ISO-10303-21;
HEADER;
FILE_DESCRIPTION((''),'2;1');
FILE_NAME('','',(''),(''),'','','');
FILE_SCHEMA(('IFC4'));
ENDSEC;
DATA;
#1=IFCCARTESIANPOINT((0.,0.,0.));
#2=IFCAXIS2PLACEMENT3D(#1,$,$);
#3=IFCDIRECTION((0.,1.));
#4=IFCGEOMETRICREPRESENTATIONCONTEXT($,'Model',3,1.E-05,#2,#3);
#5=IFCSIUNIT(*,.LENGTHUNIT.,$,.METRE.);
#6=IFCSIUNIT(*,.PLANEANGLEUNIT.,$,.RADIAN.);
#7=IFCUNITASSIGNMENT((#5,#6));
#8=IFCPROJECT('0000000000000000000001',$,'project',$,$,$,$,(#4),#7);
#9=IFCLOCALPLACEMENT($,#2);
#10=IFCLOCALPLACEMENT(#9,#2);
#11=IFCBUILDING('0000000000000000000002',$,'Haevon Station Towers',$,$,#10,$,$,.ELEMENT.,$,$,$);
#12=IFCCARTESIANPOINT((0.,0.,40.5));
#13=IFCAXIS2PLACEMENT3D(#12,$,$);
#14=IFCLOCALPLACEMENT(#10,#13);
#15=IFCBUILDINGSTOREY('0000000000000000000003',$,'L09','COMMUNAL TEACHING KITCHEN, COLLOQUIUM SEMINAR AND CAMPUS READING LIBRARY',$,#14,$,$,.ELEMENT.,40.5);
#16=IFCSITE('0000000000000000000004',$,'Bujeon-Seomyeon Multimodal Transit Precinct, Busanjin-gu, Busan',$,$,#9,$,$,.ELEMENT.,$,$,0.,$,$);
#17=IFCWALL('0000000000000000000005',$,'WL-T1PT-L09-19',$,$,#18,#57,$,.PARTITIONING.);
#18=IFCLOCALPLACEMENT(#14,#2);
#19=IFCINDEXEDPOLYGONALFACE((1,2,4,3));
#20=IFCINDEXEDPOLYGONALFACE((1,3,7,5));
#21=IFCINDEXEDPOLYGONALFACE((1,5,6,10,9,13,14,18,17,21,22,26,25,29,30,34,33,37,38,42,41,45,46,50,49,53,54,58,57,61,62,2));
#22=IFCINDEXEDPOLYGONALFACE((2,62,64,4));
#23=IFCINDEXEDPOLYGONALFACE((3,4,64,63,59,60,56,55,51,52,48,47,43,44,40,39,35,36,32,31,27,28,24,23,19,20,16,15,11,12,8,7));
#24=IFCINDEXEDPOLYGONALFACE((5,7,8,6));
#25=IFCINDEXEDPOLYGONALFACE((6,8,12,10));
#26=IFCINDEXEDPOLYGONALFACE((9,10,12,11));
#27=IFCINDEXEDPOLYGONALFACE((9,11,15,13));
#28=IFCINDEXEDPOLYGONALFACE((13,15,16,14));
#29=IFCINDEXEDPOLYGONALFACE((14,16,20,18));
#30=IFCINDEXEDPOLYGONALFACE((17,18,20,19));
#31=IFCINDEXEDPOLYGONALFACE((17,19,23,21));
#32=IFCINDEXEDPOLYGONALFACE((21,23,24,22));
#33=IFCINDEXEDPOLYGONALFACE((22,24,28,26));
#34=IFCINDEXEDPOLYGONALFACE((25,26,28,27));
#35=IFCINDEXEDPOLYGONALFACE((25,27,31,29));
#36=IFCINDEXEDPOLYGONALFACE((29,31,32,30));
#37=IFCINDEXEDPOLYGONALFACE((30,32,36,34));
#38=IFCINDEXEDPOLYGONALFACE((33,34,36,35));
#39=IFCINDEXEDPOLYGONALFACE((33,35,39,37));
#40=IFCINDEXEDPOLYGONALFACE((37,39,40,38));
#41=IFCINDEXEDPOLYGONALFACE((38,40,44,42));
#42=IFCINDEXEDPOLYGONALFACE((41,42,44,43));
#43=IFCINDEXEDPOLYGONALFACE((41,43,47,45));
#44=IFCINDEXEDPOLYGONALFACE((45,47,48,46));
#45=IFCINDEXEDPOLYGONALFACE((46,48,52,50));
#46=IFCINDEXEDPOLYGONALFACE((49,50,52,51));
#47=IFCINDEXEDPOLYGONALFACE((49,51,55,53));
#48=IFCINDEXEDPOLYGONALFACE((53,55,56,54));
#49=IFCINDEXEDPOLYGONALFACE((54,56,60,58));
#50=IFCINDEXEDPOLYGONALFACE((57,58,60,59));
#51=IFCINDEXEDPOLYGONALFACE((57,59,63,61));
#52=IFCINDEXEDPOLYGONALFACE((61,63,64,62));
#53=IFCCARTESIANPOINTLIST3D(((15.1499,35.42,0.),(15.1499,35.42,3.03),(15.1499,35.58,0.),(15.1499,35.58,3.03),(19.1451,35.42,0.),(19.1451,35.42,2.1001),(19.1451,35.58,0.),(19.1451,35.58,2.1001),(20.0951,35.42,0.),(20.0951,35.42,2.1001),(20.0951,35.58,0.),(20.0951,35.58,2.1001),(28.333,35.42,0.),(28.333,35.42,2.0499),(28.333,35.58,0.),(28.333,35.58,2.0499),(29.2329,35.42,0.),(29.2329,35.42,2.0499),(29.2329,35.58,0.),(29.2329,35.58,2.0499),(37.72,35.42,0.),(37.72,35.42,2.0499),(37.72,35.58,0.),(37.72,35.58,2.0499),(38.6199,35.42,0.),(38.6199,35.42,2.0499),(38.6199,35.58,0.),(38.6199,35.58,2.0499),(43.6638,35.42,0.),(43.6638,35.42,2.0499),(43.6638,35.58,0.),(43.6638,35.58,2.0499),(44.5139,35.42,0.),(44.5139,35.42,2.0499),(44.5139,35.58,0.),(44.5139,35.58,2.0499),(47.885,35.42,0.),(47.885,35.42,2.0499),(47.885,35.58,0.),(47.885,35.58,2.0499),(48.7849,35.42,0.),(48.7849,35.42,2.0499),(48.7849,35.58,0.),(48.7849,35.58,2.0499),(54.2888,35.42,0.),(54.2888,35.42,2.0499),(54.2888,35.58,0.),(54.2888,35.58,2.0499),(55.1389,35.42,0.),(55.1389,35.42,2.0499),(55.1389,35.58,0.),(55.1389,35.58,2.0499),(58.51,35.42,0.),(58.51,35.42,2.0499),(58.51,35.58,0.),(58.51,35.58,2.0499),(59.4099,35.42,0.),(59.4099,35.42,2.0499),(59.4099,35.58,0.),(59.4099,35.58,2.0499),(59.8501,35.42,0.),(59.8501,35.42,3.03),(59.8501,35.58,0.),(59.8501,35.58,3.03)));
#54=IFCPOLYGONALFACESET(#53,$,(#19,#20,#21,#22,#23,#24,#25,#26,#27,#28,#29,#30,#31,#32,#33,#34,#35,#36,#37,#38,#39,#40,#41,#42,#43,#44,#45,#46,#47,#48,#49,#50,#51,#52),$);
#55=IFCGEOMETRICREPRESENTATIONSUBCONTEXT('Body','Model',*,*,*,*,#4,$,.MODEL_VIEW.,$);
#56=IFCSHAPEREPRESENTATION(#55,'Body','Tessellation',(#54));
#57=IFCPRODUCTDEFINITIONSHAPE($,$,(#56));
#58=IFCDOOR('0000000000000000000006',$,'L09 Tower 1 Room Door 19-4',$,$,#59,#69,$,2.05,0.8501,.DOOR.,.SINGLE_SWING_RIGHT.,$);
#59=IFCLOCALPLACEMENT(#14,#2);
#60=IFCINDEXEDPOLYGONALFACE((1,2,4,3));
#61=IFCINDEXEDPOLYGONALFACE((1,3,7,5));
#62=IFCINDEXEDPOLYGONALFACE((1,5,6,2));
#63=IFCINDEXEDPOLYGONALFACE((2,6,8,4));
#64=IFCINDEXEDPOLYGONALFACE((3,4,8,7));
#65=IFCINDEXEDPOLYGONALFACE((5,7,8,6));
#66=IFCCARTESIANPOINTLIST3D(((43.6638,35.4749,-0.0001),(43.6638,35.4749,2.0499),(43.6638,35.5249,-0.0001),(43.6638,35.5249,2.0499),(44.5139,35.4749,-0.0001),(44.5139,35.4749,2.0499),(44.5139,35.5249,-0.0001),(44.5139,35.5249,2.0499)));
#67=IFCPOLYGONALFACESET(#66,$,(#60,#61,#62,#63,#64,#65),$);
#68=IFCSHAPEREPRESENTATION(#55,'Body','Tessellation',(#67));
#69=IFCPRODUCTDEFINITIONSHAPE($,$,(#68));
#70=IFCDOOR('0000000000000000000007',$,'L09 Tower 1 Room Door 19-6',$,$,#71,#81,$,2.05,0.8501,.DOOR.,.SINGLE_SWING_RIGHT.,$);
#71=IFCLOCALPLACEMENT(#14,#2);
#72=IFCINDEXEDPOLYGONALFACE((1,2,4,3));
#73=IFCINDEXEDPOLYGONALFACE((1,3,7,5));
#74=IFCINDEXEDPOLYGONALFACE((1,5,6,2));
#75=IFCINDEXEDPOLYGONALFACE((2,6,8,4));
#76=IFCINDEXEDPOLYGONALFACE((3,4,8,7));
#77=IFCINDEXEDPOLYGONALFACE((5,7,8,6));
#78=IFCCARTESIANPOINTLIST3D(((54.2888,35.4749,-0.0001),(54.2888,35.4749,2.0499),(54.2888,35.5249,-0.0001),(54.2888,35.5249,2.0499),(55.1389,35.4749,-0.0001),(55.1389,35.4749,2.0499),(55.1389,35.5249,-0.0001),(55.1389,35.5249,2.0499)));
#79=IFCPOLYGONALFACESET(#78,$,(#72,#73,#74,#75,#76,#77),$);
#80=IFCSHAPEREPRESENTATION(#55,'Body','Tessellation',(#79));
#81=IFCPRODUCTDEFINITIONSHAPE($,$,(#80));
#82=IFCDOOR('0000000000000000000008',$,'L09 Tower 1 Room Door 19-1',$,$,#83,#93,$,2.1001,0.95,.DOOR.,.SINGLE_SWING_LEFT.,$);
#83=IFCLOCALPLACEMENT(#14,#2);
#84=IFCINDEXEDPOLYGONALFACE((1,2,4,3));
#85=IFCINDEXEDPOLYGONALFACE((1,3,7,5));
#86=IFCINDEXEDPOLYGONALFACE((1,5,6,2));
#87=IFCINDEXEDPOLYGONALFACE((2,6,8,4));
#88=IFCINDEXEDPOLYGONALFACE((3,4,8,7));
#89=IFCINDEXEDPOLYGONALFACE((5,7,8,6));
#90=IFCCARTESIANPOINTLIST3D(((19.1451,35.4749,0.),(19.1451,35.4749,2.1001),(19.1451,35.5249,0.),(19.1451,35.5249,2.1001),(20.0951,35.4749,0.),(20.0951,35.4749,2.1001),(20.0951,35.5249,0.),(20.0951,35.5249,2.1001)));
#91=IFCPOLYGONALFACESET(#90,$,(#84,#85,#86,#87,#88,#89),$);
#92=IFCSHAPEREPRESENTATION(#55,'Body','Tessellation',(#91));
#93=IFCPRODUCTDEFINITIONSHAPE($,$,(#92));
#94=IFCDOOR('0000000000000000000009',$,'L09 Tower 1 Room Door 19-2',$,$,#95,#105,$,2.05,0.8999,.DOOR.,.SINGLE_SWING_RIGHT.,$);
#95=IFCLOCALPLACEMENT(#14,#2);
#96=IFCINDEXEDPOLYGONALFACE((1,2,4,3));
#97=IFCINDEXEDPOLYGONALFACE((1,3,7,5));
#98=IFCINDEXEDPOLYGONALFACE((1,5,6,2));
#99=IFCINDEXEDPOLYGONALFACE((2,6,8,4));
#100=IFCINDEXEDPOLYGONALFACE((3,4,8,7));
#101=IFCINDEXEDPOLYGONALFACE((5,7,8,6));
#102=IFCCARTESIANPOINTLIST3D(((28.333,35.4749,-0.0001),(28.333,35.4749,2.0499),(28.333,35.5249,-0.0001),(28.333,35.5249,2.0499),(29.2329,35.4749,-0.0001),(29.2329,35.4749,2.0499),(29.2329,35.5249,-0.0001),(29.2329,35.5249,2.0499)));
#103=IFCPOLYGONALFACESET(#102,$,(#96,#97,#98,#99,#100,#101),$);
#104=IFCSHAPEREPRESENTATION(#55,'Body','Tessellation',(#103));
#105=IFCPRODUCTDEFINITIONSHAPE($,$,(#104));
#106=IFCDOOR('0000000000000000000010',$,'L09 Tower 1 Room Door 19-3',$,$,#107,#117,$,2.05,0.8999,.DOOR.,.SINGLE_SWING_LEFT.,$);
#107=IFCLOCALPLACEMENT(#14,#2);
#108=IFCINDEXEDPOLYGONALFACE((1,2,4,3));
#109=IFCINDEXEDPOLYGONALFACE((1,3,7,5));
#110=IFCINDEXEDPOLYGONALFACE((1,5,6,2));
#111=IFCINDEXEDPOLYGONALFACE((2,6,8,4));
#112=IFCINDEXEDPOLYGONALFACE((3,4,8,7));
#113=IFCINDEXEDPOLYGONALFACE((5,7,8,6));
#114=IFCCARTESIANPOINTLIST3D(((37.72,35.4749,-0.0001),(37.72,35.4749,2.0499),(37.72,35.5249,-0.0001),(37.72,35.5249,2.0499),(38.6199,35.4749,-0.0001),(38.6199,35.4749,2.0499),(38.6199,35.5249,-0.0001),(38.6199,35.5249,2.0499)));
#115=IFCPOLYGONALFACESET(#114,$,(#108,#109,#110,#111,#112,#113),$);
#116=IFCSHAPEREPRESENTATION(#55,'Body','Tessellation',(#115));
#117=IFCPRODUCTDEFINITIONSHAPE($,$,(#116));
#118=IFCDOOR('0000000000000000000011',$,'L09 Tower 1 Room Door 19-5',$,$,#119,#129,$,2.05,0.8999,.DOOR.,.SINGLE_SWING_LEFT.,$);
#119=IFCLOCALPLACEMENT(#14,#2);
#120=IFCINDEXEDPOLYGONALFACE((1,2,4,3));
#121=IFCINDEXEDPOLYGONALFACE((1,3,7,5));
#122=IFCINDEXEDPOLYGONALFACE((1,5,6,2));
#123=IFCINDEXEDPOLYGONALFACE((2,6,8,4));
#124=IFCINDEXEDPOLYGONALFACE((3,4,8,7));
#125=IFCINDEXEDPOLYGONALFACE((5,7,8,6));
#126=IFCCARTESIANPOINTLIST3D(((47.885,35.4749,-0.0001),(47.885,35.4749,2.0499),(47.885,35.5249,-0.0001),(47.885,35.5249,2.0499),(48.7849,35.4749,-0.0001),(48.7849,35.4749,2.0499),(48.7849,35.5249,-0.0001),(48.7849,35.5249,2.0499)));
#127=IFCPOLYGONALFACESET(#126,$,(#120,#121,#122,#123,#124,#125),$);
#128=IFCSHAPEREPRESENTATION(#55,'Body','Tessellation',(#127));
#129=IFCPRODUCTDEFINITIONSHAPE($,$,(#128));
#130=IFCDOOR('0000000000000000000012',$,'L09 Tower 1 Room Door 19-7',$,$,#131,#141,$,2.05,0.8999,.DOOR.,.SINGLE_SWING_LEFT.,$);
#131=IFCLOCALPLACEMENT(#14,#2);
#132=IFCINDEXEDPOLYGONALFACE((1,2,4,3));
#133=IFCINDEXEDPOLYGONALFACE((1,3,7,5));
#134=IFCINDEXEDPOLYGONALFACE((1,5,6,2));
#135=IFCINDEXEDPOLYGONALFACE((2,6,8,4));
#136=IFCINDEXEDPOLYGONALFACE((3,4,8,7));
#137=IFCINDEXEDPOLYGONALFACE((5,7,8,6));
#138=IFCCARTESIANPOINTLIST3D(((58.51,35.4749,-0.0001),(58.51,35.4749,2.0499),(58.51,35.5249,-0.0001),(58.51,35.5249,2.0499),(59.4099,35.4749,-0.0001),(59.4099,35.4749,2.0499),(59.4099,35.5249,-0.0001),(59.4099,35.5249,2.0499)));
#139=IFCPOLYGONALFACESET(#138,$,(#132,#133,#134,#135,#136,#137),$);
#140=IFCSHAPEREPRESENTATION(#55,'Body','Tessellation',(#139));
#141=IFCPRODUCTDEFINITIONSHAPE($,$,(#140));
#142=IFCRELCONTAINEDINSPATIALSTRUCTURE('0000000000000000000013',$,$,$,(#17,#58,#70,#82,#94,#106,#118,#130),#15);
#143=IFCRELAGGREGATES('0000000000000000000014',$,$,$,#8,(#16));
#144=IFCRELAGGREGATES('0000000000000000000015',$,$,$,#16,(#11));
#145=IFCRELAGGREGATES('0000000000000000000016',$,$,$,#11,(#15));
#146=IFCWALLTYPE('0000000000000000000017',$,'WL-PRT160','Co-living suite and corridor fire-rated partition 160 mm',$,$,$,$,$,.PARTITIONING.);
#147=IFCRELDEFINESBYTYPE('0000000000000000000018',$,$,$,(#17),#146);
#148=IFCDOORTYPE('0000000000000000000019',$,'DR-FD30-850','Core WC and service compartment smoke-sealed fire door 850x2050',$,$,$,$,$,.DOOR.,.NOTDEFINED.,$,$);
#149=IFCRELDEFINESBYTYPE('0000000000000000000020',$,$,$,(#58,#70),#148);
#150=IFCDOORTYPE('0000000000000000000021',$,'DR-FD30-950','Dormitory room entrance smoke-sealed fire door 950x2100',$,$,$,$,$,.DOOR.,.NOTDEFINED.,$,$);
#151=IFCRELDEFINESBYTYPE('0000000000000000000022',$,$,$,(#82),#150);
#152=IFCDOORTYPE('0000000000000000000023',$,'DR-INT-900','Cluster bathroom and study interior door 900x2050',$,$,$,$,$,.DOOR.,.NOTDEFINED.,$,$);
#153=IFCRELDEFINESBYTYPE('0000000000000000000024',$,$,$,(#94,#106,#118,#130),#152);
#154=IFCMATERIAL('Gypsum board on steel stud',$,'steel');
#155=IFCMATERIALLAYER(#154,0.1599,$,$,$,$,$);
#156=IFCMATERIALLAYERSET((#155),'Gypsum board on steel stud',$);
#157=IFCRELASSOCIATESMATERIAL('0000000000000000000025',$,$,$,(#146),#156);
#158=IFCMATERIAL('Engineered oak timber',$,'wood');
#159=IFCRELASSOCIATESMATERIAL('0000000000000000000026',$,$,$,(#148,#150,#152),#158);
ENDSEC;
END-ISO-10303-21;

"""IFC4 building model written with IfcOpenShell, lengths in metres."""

from ifc_helpers import new_model, si_unit, direction, frame, frame_2d, origin, place, context, subcontext, project, spatial, rectangle, extrude, material, layer, layer_set, type_object, element, fill, save


model = new_model("IFC4")

# Units and contexts
model_context = context("Model", 3, precision=1e-05, world=origin(), true_north=direction((0.0, 1.0)))
body_context = subcontext(model_context, "Body", "Model", "MODEL_VIEW")
ifc_project = project(units=[si_unit("LENGTHUNIT", "METRE"), si_unit("PLANEANGLEUNIT", "RADIAN")], contexts=[model_context])

# Site, building, storey
site_placement = place(None, origin())
site = spatial("IfcSite", under=ifc_project, at=site_placement, Name="Bujeon-Seomyeon Multimodal Transit Precinct, Busanjin-gu, Busan", CompositionType="ELEMENT", RefElevation=0.0)
building_placement = place(site_placement, origin())
building = spatial("IfcBuilding", under=site, at=building_placement, Name="Haevon Station Towers", CompositionType="ELEMENT")
storey_placement = place(building_placement, frame((0.0, 0.0, 40.5)))
storey = spatial("IfcBuildingStorey", under=building, at=storey_placement, Name="L09", Description="COMMUNAL TEACHING KITCHEN, COLLOQUIUM SEMINAR AND CAMPUS READING LIBRARY", CompositionType="ELEMENT", Elevation=40.5)

# Shared definitions
ifc_material_1 = material(Name="Gypsum board on steel stud", Category="steel")
ifc_material_2 = material(Name="Engineered oak timber", Category="wood")

# Shared definitions
ifc_layer_1 = layer(ifc_material_1, 0.1599)
ifc_layer_set_1 = layer_set([ifc_layer_1], Name="Gypsum board on steel stud")
wall_type_1 = type_object("IfcWallType", Name="WL-PRT160", Description="Co-living suite and corridor fire-rated partition 160 mm", PredefinedType="PARTITIONING", material=ifc_layer_set_1)

# Wall, openings, doors
wall_1_placement = place(storey_placement, frame((15.1499, 35.5, 0.0), z_axis=(0.0, 0.0, 1.0), x_axis=(1.0, 0.0, 0.0)))
wall_1 = element("IfcWall", 1, at=wall_1_placement, inside=storey, type_object=wall_type_1, Name="WL-T1PT-L09-19", PredefinedType="PARTITIONING", context=body_context, shape_type="SweptSolid", body=[
    extrude(rectangle(XDim=44.7002, YDim=0.1599, at=frame_2d((22.3501, 0.0))), origin(), (0.0, 0.0, 1.0), 3.03),
])
opening_1_placement = place(wall_1_placement, frame((3.9951, 0.0, 0.0)))
opening_1 = element("IfcOpeningElement", 2, at=opening_1_placement, cuts=wall_1, PredefinedType="OPENING", context=body_context, shape_type="SweptSolid", body=[
    extrude(rectangle(XDim=0.95, YDim=2.1001, at=frame_2d((0.4751, 1.05))), frame((0.0, 0.0898, 0.0), z_axis=(0.0, -1.0, 0.0), x_axis=(1.0, 0.0, 0.0)), (0.0, 0.0, 1.0), 0.1799),
])
opening_2_placement = place(wall_1_placement, frame((13.1831, 0.0, 0.0)))
opening_2 = element("IfcOpeningElement", 3, at=opening_2_placement, cuts=wall_1, PredefinedType="OPENING", context=body_context, shape_type="SweptSolid", body=[
    extrude(rectangle(XDim=0.8999, YDim=2.05, at=frame_2d((0.45, 1.0249))), frame((0.0, 0.0898, 0.0), z_axis=(0.0, -1.0, 0.0), x_axis=(1.0, 0.0, 0.0)), (0.0, 0.0, 1.0), 0.1799),
])
opening_3_placement = place(wall_1_placement, frame((22.5701, 0.0, 0.0)))
opening_3 = element("IfcOpeningElement", 4, at=opening_3_placement, cuts=wall_1, PredefinedType="OPENING", context=body_context, shape_type="SweptSolid", body=[
    extrude(rectangle(XDim=0.8999, YDim=2.05, at=frame_2d((0.45, 1.0249))), frame((0.0, 0.0898, 0.0), z_axis=(0.0, -1.0, 0.0), x_axis=(1.0, 0.0, 0.0)), (0.0, 0.0, 1.0), 0.1799),
])
opening_4_placement = place(wall_1_placement, frame((28.5139, 0.0, 0.0)))
opening_4 = element("IfcOpeningElement", 5, at=opening_4_placement, cuts=wall_1, PredefinedType="OPENING", context=body_context, shape_type="SweptSolid", body=[
    extrude(rectangle(XDim=0.8501, YDim=2.05, at=frame_2d((0.425, 1.0249))), frame((0.0, 0.0898, 0.0), z_axis=(0.0, -1.0, 0.0), x_axis=(1.0, 0.0, 0.0)), (0.0, 0.0, 1.0), 0.1799),
])
opening_5_placement = place(wall_1_placement, frame((32.7351, 0.0, 0.0)))
opening_5 = element("IfcOpeningElement", 6, at=opening_5_placement, cuts=wall_1, PredefinedType="OPENING", context=body_context, shape_type="SweptSolid", body=[
    extrude(rectangle(XDim=0.8999, YDim=2.05, at=frame_2d((0.45, 1.0249))), frame((0.0, 0.0898, 0.0), z_axis=(0.0, -1.0, 0.0), x_axis=(1.0, 0.0, 0.0)), (0.0, 0.0, 1.0), 0.1799),
])
opening_6_placement = place(wall_1_placement, frame((39.1389, 0.0, 0.0)))
opening_6 = element("IfcOpeningElement", 7, at=opening_6_placement, cuts=wall_1, PredefinedType="OPENING", context=body_context, shape_type="SweptSolid", body=[
    extrude(rectangle(XDim=0.8501, YDim=2.05, at=frame_2d((0.425, 1.0249))), frame((0.0, 0.0898, 0.0), z_axis=(0.0, -1.0, 0.0), x_axis=(1.0, 0.0, 0.0)), (0.0, 0.0, 1.0), 0.1799),
])
opening_7_placement = place(wall_1_placement, frame((43.3601, 0.0, 0.0)))
opening_7 = element("IfcOpeningElement", 8, at=opening_7_placement, cuts=wall_1, PredefinedType="OPENING", context=body_context, shape_type="SweptSolid", body=[
    extrude(rectangle(XDim=0.8999, YDim=2.05, at=frame_2d((0.45, 1.0249))), frame((0.0, 0.0898, 0.0), z_axis=(0.0, -1.0, 0.0), x_axis=(1.0, 0.0, 0.0)), (0.0, 0.0, 1.0), 0.1799),
])
door_type_1 = type_object("IfcDoorType", Name="DR-FD30-850", Description="Core WC and service compartment smoke-sealed fire door 850x2050", OperationType="NOTDEFINED", PredefinedType="DOOR", material=ifc_material_2)
door_1_placement = place(opening_4_placement, origin())
door_1 = element("IfcDoor", 9, at=door_1_placement, inside=storey, type_object=door_type_1, Name="L09 Tower 1 Room Door 19-4", OperationType="SINGLE_SWING_RIGHT", OverallHeight=2.05, OverallWidth=0.8501, PredefinedType="DOOR", context=body_context, shape_type="SweptSolid", body=[
    extrude(rectangle(XDim=0.8501, YDim=2.05, at=frame_2d((0.425, 1.0249))), frame((0.0, 0.0249, 0.0), z_axis=(0.0, -1.0, 0.0), x_axis=(1.0, 0.0, 0.0)), (0.0, 0.0, 1.0), 0.05),
])
fill(opening_4, door_1)
door_2_placement = place(opening_6_placement, origin())
door_2 = element("IfcDoor", 10, at=door_2_placement, inside=storey, type_object=door_type_1, Name="L09 Tower 1 Room Door 19-6", OperationType="SINGLE_SWING_RIGHT", OverallHeight=2.05, OverallWidth=0.8501, PredefinedType="DOOR", context=body_context, shape_type="SweptSolid", body=[
    extrude(rectangle(XDim=0.8501, YDim=2.05, at=frame_2d((0.425, 1.0249))), frame((0.0, 0.0249, 0.0), z_axis=(0.0, -1.0, 0.0), x_axis=(1.0, 0.0, 0.0)), (0.0, 0.0, 1.0), 0.05),
])
fill(opening_6, door_2)
door_type_2 = type_object("IfcDoorType", Name="DR-FD30-950", Description="Dormitory room entrance smoke-sealed fire door 950x2100", OperationType="NOTDEFINED", PredefinedType="DOOR", material=ifc_material_2)
door_3_placement = place(opening_1_placement, origin())
door_3 = element("IfcDoor", 11, at=door_3_placement, inside=storey, type_object=door_type_2, Name="L09 Tower 1 Room Door 19-1", OperationType="SINGLE_SWING_LEFT", OverallHeight=2.1001, OverallWidth=0.95, PredefinedType="DOOR", context=body_context, shape_type="SweptSolid", body=[
    extrude(rectangle(XDim=0.95, YDim=2.1001, at=frame_2d((0.4751, 1.05))), frame((0.0, 0.0249, 0.0), z_axis=(0.0, -1.0, 0.0), x_axis=(1.0, 0.0, 0.0)), (0.0, 0.0, 1.0), 0.05),
])
fill(opening_1, door_3)
door_type_3 = type_object("IfcDoorType", Name="DR-INT-900", Description="Cluster bathroom and study interior door 900x2050", OperationType="NOTDEFINED", PredefinedType="DOOR", material=ifc_material_2)
door_4_placement = place(opening_2_placement, origin())
door_4 = element("IfcDoor", 12, at=door_4_placement, inside=storey, type_object=door_type_3, Name="L09 Tower 1 Room Door 19-2", OperationType="SINGLE_SWING_RIGHT", OverallHeight=2.05, OverallWidth=0.8999, PredefinedType="DOOR", context=body_context, shape_type="SweptSolid", body=[
    extrude(rectangle(XDim=0.8999, YDim=2.05, at=frame_2d((0.45, 1.0249))), frame((0.0, 0.0249, 0.0), z_axis=(0.0, -1.0, 0.0), x_axis=(1.0, 0.0, 0.0)), (0.0, 0.0, 1.0), 0.05),
])
fill(opening_2, door_4)
door_5_placement = place(opening_3_placement, origin())
door_5 = element("IfcDoor", 13, at=door_5_placement, inside=storey, type_object=door_type_3, Name="L09 Tower 1 Room Door 19-3", OperationType="SINGLE_SWING_LEFT", OverallHeight=2.05, OverallWidth=0.8999, PredefinedType="DOOR", context=body_context, shape_type="SweptSolid", body=[
    extrude(rectangle(XDim=0.8999, YDim=2.05, at=frame_2d((0.45, 1.0249))), frame((0.0, 0.0249, 0.0), z_axis=(0.0, -1.0, 0.0), x_axis=(1.0, 0.0, 0.0)), (0.0, 0.0, 1.0), 0.05),
])
fill(opening_3, door_5)
door_6_placement = place(opening_5_placement, origin())
door_6 = element("IfcDoor", 14, at=door_6_placement, inside=storey, type_object=door_type_3, Name="L09 Tower 1 Room Door 19-5", OperationType="SINGLE_SWING_LEFT", OverallHeight=2.05, OverallWidth=0.8999, PredefinedType="DOOR", context=body_context, shape_type="SweptSolid", body=[
    extrude(rectangle(XDim=0.8999, YDim=2.05, at=frame_2d((0.45, 1.0249))), frame((0.0, 0.0249, 0.0), z_axis=(0.0, -1.0, 0.0), x_axis=(1.0, 0.0, 0.0)), (0.0, 0.0, 1.0), 0.05),
])
fill(opening_5, door_6)
door_7_placement = place(opening_7_placement, origin())
door_7 = element("IfcDoor", 15, at=door_7_placement, inside=storey, type_object=door_type_3, Name="L09 Tower 1 Room Door 19-7", OperationType="SINGLE_SWING_LEFT", OverallHeight=2.05, OverallWidth=0.8999, PredefinedType="DOOR", context=body_context, shape_type="SweptSolid", body=[
    extrude(rectangle(XDim=0.8999, YDim=2.05, at=frame_2d((0.45, 1.0249))), frame((0.0, 0.0249, 0.0), z_axis=(0.0, -1.0, 0.0), x_axis=(1.0, 0.0, 0.0)), (0.0, 0.0, 1.0), 0.05),
])
fill(opening_7, door_7)

save(model, "model.ifc")
